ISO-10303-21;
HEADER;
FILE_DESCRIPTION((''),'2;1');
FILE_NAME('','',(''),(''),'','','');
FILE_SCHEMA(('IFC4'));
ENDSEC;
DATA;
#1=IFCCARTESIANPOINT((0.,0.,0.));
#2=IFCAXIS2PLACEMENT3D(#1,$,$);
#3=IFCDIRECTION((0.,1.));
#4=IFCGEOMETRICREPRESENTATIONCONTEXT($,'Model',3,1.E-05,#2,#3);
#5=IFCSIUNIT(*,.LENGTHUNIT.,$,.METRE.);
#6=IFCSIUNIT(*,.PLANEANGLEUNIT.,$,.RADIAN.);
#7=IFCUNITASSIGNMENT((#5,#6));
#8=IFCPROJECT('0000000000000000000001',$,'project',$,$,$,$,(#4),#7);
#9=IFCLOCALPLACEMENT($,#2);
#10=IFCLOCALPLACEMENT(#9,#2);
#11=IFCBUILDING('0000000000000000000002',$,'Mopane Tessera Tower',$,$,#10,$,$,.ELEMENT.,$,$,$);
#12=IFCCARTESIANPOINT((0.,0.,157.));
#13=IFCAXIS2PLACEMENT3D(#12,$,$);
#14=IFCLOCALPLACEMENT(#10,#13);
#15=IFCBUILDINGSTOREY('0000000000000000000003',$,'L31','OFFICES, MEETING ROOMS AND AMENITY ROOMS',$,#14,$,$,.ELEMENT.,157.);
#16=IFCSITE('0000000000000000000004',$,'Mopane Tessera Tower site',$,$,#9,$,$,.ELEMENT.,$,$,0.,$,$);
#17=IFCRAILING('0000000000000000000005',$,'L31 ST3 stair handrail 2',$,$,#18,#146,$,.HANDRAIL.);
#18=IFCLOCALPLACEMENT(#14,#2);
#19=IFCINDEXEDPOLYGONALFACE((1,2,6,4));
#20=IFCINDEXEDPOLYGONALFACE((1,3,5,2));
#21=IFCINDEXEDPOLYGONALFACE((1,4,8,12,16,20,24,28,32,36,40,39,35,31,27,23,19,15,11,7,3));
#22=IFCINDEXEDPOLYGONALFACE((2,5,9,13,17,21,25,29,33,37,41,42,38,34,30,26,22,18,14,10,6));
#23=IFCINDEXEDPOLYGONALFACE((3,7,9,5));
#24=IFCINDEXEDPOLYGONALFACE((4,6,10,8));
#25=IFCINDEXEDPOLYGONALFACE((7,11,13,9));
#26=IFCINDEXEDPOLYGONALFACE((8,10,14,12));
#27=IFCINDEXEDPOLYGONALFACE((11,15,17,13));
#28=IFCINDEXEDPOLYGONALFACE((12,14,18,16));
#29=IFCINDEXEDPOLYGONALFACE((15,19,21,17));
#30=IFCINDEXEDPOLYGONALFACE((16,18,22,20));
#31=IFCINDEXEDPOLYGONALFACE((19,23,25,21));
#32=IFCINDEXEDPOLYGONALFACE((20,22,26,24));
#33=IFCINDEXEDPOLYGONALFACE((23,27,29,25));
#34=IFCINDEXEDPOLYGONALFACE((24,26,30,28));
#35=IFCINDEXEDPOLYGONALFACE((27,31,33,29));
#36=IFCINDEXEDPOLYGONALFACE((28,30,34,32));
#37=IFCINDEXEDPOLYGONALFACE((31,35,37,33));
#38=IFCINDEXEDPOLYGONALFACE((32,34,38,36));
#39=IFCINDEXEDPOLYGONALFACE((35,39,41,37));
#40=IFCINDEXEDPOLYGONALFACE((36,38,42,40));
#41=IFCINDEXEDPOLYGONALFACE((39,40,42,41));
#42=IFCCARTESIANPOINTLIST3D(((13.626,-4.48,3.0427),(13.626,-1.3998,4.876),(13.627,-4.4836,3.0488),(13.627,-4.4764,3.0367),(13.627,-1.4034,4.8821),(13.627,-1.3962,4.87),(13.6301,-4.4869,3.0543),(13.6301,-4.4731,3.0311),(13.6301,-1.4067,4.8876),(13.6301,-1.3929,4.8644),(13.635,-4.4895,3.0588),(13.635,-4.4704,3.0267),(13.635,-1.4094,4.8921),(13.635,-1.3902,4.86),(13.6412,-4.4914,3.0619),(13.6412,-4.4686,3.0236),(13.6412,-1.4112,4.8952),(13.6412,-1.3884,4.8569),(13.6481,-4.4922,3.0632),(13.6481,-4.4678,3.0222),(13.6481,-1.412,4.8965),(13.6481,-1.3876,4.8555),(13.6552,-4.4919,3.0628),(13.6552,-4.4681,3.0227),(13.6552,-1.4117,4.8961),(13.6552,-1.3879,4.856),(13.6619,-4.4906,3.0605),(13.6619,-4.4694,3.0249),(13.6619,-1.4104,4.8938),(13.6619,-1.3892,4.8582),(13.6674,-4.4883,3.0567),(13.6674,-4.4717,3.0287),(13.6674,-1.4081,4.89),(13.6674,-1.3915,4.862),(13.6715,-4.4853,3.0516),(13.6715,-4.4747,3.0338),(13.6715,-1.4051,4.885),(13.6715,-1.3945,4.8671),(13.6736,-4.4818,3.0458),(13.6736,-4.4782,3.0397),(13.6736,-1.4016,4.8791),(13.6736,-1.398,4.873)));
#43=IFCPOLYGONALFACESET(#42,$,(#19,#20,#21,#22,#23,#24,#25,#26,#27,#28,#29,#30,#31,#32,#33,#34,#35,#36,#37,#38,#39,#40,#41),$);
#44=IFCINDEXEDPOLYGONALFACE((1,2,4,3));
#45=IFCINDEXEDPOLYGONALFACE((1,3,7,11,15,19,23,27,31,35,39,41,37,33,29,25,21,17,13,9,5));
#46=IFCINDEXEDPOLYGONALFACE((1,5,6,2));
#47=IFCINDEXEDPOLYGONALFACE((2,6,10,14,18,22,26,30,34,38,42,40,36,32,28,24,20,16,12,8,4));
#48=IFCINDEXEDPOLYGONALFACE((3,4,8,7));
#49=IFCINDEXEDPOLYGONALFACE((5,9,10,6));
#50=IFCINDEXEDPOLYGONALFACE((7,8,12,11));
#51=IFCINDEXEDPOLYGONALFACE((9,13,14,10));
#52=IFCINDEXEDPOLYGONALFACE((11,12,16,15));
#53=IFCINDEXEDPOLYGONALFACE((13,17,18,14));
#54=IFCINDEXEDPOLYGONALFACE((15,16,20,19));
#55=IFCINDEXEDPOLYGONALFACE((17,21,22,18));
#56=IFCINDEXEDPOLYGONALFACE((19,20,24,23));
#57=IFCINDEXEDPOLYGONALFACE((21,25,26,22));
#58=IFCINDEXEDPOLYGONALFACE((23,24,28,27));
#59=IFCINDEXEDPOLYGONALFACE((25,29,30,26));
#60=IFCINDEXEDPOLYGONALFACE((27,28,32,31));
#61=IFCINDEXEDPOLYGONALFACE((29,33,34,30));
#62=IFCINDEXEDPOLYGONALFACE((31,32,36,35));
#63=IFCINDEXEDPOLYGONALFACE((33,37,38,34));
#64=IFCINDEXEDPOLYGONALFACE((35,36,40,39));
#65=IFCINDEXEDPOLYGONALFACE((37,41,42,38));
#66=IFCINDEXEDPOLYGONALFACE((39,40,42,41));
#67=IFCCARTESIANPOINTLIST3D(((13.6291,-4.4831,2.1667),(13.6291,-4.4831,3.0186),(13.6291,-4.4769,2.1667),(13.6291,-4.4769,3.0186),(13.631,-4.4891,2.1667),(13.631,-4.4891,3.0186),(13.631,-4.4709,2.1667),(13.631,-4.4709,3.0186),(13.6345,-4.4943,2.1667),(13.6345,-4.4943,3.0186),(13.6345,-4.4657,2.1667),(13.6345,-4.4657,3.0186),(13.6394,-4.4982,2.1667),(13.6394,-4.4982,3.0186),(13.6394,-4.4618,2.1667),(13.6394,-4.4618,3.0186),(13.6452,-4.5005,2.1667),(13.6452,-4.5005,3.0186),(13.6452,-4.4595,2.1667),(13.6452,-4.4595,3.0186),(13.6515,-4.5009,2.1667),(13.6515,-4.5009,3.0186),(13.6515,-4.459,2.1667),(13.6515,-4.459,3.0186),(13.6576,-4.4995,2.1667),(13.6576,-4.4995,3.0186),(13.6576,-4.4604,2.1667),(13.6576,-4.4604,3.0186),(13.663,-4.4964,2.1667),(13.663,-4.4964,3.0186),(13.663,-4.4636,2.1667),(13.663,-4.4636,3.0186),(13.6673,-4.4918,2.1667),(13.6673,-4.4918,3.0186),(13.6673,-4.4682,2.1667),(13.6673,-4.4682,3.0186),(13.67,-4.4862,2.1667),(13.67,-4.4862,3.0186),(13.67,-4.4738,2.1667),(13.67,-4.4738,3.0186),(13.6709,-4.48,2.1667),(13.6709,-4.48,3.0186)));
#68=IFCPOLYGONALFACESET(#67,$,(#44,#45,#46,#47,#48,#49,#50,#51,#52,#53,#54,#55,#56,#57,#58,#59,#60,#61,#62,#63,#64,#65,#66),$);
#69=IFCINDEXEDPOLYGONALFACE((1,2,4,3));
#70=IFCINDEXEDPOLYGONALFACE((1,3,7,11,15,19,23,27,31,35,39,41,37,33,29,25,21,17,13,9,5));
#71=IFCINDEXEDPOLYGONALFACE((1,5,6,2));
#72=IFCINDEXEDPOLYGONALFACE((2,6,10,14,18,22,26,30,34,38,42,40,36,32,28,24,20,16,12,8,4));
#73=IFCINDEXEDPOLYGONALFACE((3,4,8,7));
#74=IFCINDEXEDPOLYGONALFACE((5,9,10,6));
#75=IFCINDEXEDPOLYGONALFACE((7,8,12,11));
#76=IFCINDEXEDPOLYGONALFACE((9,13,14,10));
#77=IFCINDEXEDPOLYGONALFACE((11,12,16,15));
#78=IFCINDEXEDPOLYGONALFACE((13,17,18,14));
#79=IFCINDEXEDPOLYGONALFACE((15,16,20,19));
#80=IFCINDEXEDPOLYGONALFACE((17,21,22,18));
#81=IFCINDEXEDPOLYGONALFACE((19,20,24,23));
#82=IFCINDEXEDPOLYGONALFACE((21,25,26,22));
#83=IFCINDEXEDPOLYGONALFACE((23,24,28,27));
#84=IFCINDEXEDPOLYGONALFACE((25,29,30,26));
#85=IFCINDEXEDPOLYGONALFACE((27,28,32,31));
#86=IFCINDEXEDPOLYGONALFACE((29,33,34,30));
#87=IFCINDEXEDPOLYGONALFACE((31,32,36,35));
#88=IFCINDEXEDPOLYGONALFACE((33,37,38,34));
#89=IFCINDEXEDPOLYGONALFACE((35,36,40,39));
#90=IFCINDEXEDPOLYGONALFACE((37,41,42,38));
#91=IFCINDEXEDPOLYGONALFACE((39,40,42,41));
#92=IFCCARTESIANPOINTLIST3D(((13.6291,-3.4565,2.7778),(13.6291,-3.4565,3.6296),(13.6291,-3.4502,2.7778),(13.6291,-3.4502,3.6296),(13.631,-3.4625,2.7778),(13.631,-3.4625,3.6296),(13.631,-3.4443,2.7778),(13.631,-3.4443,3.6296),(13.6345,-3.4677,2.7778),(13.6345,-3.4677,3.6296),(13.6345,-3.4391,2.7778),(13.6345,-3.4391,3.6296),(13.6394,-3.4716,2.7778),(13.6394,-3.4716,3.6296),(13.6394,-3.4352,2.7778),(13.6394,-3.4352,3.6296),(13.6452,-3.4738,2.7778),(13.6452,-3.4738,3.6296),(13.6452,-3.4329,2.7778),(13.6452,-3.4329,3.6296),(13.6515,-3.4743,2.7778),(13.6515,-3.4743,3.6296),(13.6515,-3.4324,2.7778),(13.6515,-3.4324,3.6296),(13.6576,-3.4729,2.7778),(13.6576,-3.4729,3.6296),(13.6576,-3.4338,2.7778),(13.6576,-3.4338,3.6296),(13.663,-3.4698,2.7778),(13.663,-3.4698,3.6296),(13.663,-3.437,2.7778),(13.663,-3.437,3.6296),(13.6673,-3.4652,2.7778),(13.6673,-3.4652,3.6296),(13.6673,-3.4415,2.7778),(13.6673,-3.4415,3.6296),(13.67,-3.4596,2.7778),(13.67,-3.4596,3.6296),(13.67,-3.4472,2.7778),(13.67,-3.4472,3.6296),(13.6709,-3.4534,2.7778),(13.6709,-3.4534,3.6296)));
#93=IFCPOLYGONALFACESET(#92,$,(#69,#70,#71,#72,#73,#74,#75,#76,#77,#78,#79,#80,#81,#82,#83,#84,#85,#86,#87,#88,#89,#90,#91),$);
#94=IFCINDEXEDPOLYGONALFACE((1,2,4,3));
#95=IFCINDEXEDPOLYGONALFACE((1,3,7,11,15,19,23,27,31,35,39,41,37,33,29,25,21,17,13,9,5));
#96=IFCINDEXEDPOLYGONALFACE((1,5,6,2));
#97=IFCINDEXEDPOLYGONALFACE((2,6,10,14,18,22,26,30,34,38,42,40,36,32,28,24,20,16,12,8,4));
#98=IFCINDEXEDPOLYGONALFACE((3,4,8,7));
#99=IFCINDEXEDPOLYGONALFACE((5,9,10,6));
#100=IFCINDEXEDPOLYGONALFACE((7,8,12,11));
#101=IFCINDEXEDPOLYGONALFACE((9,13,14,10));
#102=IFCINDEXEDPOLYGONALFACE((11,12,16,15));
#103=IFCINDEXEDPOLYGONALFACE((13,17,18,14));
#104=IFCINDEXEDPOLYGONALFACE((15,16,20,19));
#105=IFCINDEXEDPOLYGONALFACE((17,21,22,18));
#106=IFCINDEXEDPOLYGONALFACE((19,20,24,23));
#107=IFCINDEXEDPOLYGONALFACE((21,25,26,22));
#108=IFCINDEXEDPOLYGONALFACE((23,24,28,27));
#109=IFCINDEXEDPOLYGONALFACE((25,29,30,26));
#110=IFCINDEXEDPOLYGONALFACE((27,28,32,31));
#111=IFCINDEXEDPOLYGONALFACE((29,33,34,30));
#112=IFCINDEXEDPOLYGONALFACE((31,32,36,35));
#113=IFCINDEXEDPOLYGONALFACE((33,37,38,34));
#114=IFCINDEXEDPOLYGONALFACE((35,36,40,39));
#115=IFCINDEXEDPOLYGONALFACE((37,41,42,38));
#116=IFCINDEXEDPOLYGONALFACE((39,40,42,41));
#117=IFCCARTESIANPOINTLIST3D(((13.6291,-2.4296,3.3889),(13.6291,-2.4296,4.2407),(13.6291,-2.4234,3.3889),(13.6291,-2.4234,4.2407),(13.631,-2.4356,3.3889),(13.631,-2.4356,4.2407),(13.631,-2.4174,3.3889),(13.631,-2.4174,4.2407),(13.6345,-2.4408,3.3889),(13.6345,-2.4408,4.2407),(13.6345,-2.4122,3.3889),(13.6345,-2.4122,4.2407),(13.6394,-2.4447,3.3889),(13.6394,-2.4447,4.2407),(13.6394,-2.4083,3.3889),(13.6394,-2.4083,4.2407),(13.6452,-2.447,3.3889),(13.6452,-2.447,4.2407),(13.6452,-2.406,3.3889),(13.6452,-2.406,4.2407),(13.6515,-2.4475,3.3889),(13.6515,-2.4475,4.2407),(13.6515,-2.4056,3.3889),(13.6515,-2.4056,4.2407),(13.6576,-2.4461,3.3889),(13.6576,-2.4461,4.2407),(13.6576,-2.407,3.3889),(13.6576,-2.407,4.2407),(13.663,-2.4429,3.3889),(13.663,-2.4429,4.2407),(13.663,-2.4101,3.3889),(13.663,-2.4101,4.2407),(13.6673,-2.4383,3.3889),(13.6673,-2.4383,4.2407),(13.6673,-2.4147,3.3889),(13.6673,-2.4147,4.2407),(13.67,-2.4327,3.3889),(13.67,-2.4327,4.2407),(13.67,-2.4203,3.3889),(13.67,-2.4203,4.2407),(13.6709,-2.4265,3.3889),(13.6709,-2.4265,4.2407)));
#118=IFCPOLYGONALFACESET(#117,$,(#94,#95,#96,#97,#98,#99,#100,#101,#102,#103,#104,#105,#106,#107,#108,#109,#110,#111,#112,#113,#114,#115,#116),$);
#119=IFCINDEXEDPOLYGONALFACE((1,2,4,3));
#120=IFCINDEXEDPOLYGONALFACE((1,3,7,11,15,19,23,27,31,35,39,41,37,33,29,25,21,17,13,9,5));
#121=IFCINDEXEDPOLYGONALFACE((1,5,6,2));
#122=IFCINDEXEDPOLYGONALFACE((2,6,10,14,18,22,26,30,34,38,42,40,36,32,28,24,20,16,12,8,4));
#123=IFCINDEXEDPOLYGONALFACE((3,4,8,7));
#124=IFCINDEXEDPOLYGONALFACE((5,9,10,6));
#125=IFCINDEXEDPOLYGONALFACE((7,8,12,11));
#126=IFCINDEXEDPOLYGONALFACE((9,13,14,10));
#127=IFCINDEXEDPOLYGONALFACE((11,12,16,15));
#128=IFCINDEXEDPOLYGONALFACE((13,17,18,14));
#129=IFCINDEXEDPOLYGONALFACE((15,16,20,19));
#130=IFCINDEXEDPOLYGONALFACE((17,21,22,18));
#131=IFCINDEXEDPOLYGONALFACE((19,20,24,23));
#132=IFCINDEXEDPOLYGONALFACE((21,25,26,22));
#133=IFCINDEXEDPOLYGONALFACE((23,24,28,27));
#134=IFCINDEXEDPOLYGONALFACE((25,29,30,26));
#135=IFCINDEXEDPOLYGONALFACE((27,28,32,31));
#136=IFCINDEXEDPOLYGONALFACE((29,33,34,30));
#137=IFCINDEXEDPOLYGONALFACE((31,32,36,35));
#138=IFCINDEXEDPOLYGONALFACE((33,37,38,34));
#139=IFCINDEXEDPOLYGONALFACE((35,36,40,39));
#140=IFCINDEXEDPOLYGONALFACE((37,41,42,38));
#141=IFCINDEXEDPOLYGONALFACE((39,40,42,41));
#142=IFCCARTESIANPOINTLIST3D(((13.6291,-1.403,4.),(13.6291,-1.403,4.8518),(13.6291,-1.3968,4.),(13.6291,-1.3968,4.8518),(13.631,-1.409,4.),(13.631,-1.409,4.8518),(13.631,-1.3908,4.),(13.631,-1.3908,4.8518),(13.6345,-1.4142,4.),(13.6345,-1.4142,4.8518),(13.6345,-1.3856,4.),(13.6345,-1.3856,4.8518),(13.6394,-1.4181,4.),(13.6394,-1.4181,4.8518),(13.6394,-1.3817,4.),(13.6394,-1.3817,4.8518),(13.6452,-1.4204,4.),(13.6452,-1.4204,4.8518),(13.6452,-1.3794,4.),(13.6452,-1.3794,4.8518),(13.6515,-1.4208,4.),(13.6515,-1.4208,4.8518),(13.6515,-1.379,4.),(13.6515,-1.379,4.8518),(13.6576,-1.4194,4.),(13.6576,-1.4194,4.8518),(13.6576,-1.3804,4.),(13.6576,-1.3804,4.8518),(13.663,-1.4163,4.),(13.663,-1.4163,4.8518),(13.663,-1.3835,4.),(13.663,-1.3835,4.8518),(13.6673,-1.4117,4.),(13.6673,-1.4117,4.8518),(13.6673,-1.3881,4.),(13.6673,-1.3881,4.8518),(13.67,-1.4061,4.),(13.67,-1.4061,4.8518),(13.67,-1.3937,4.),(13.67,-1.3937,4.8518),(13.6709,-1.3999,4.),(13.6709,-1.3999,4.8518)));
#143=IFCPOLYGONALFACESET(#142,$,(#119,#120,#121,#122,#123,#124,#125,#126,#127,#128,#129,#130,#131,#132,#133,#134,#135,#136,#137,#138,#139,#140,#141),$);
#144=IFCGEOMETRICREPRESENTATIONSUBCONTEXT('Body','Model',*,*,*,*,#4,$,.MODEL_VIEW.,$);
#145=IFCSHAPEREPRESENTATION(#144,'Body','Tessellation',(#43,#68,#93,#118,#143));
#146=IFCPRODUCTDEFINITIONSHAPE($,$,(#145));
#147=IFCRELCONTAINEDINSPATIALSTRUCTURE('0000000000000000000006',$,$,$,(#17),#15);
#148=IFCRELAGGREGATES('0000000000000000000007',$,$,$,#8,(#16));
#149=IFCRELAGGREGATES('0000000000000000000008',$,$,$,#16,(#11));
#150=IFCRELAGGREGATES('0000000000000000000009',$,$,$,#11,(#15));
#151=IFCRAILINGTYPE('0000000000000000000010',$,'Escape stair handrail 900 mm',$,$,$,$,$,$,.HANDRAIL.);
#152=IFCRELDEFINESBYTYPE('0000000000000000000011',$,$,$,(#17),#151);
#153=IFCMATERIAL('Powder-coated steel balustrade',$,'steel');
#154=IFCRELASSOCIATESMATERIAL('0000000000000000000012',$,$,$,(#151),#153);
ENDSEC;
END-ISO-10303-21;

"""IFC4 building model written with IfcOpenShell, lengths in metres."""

from ifc_helpers import new_model, si_unit, direction, frame, origin, origin_2d, place, context, subcontext, project, spatial, circle, extrude, material, type_object, element, save


model = new_model("IFC4")

# Units and contexts
model_context = context("Model", 3, precision=1e-05, world=origin(), true_north=direction((0.0, 1.0)))
body_context = subcontext(model_context, "Body", "Model", "MODEL_VIEW")
ifc_project = project(units=[si_unit("LENGTHUNIT", "METRE"), si_unit("PLANEANGLEUNIT", "RADIAN")], contexts=[model_context])

# Site, building, storey
site_placement = place(None, origin())
site = spatial("IfcSite", under=ifc_project, at=site_placement, Name="Mopane Tessera Tower site", CompositionType="ELEMENT", RefElevation=0.0)
building_placement = place(site_placement, origin())
building = spatial("IfcBuilding", under=site, at=building_placement, Name="Mopane Tessera Tower", CompositionType="ELEMENT")
storey_placement = place(building_placement, frame((0.0, 0.0, 157.0)))
storey = spatial("IfcBuildingStorey", under=building, at=storey_placement, Name="L31", Description="OFFICES, MEETING ROOMS AND AMENITY ROOMS", CompositionType="ELEMENT", Elevation=157.0)

# Railing
ifc_material_1 = material(Name="Powder-coated steel balustrade", Category="steel")
railing_type_1 = type_object("IfcRailingType", Name="Escape stair handrail 900 mm", PredefinedType="HANDRAIL", material=ifc_material_1)
railing_1_placement = place(storey_placement, frame((13.6499, -4.48, 2.1667)))
element("IfcRailing", 1, at=railing_1_placement, inside=storey, type_object=railing_type_1, Name="L31 ST3 stair handrail 2", PredefinedType="HANDRAIL", context=body_context, shape_type="SweptSolid", body=[
    extrude(circle(Radius=0.0239, at=origin_2d()), frame((0.0, 0.0, 0.876), z_axis=(0.0, 0.859309, 0.511458), x_axis=(-1.0, 0.0, 0.0)), (0.0, 0.0, 1.0), 3.5845),
    extrude(circle(Radius=0.021, at=origin_2d()), origin(), (0.0, 0.0, 1.0), 0.8518),
    extrude(circle(Radius=0.021, at=origin_2d()), frame((0.0, 1.0266, 0.6111)), (0.0, 0.0, 1.0), 0.8518),
    extrude(circle(Radius=0.021, at=origin_2d()), frame((0.0, 2.0535, 1.2222)), (0.0, 0.0, 1.0), 0.8518),
    extrude(circle(Radius=0.021, at=origin_2d()), frame((0.0, 3.0801, 1.8333)), (0.0, 0.0, 1.0), 0.8518),
])

save(model, "model.ifc")
